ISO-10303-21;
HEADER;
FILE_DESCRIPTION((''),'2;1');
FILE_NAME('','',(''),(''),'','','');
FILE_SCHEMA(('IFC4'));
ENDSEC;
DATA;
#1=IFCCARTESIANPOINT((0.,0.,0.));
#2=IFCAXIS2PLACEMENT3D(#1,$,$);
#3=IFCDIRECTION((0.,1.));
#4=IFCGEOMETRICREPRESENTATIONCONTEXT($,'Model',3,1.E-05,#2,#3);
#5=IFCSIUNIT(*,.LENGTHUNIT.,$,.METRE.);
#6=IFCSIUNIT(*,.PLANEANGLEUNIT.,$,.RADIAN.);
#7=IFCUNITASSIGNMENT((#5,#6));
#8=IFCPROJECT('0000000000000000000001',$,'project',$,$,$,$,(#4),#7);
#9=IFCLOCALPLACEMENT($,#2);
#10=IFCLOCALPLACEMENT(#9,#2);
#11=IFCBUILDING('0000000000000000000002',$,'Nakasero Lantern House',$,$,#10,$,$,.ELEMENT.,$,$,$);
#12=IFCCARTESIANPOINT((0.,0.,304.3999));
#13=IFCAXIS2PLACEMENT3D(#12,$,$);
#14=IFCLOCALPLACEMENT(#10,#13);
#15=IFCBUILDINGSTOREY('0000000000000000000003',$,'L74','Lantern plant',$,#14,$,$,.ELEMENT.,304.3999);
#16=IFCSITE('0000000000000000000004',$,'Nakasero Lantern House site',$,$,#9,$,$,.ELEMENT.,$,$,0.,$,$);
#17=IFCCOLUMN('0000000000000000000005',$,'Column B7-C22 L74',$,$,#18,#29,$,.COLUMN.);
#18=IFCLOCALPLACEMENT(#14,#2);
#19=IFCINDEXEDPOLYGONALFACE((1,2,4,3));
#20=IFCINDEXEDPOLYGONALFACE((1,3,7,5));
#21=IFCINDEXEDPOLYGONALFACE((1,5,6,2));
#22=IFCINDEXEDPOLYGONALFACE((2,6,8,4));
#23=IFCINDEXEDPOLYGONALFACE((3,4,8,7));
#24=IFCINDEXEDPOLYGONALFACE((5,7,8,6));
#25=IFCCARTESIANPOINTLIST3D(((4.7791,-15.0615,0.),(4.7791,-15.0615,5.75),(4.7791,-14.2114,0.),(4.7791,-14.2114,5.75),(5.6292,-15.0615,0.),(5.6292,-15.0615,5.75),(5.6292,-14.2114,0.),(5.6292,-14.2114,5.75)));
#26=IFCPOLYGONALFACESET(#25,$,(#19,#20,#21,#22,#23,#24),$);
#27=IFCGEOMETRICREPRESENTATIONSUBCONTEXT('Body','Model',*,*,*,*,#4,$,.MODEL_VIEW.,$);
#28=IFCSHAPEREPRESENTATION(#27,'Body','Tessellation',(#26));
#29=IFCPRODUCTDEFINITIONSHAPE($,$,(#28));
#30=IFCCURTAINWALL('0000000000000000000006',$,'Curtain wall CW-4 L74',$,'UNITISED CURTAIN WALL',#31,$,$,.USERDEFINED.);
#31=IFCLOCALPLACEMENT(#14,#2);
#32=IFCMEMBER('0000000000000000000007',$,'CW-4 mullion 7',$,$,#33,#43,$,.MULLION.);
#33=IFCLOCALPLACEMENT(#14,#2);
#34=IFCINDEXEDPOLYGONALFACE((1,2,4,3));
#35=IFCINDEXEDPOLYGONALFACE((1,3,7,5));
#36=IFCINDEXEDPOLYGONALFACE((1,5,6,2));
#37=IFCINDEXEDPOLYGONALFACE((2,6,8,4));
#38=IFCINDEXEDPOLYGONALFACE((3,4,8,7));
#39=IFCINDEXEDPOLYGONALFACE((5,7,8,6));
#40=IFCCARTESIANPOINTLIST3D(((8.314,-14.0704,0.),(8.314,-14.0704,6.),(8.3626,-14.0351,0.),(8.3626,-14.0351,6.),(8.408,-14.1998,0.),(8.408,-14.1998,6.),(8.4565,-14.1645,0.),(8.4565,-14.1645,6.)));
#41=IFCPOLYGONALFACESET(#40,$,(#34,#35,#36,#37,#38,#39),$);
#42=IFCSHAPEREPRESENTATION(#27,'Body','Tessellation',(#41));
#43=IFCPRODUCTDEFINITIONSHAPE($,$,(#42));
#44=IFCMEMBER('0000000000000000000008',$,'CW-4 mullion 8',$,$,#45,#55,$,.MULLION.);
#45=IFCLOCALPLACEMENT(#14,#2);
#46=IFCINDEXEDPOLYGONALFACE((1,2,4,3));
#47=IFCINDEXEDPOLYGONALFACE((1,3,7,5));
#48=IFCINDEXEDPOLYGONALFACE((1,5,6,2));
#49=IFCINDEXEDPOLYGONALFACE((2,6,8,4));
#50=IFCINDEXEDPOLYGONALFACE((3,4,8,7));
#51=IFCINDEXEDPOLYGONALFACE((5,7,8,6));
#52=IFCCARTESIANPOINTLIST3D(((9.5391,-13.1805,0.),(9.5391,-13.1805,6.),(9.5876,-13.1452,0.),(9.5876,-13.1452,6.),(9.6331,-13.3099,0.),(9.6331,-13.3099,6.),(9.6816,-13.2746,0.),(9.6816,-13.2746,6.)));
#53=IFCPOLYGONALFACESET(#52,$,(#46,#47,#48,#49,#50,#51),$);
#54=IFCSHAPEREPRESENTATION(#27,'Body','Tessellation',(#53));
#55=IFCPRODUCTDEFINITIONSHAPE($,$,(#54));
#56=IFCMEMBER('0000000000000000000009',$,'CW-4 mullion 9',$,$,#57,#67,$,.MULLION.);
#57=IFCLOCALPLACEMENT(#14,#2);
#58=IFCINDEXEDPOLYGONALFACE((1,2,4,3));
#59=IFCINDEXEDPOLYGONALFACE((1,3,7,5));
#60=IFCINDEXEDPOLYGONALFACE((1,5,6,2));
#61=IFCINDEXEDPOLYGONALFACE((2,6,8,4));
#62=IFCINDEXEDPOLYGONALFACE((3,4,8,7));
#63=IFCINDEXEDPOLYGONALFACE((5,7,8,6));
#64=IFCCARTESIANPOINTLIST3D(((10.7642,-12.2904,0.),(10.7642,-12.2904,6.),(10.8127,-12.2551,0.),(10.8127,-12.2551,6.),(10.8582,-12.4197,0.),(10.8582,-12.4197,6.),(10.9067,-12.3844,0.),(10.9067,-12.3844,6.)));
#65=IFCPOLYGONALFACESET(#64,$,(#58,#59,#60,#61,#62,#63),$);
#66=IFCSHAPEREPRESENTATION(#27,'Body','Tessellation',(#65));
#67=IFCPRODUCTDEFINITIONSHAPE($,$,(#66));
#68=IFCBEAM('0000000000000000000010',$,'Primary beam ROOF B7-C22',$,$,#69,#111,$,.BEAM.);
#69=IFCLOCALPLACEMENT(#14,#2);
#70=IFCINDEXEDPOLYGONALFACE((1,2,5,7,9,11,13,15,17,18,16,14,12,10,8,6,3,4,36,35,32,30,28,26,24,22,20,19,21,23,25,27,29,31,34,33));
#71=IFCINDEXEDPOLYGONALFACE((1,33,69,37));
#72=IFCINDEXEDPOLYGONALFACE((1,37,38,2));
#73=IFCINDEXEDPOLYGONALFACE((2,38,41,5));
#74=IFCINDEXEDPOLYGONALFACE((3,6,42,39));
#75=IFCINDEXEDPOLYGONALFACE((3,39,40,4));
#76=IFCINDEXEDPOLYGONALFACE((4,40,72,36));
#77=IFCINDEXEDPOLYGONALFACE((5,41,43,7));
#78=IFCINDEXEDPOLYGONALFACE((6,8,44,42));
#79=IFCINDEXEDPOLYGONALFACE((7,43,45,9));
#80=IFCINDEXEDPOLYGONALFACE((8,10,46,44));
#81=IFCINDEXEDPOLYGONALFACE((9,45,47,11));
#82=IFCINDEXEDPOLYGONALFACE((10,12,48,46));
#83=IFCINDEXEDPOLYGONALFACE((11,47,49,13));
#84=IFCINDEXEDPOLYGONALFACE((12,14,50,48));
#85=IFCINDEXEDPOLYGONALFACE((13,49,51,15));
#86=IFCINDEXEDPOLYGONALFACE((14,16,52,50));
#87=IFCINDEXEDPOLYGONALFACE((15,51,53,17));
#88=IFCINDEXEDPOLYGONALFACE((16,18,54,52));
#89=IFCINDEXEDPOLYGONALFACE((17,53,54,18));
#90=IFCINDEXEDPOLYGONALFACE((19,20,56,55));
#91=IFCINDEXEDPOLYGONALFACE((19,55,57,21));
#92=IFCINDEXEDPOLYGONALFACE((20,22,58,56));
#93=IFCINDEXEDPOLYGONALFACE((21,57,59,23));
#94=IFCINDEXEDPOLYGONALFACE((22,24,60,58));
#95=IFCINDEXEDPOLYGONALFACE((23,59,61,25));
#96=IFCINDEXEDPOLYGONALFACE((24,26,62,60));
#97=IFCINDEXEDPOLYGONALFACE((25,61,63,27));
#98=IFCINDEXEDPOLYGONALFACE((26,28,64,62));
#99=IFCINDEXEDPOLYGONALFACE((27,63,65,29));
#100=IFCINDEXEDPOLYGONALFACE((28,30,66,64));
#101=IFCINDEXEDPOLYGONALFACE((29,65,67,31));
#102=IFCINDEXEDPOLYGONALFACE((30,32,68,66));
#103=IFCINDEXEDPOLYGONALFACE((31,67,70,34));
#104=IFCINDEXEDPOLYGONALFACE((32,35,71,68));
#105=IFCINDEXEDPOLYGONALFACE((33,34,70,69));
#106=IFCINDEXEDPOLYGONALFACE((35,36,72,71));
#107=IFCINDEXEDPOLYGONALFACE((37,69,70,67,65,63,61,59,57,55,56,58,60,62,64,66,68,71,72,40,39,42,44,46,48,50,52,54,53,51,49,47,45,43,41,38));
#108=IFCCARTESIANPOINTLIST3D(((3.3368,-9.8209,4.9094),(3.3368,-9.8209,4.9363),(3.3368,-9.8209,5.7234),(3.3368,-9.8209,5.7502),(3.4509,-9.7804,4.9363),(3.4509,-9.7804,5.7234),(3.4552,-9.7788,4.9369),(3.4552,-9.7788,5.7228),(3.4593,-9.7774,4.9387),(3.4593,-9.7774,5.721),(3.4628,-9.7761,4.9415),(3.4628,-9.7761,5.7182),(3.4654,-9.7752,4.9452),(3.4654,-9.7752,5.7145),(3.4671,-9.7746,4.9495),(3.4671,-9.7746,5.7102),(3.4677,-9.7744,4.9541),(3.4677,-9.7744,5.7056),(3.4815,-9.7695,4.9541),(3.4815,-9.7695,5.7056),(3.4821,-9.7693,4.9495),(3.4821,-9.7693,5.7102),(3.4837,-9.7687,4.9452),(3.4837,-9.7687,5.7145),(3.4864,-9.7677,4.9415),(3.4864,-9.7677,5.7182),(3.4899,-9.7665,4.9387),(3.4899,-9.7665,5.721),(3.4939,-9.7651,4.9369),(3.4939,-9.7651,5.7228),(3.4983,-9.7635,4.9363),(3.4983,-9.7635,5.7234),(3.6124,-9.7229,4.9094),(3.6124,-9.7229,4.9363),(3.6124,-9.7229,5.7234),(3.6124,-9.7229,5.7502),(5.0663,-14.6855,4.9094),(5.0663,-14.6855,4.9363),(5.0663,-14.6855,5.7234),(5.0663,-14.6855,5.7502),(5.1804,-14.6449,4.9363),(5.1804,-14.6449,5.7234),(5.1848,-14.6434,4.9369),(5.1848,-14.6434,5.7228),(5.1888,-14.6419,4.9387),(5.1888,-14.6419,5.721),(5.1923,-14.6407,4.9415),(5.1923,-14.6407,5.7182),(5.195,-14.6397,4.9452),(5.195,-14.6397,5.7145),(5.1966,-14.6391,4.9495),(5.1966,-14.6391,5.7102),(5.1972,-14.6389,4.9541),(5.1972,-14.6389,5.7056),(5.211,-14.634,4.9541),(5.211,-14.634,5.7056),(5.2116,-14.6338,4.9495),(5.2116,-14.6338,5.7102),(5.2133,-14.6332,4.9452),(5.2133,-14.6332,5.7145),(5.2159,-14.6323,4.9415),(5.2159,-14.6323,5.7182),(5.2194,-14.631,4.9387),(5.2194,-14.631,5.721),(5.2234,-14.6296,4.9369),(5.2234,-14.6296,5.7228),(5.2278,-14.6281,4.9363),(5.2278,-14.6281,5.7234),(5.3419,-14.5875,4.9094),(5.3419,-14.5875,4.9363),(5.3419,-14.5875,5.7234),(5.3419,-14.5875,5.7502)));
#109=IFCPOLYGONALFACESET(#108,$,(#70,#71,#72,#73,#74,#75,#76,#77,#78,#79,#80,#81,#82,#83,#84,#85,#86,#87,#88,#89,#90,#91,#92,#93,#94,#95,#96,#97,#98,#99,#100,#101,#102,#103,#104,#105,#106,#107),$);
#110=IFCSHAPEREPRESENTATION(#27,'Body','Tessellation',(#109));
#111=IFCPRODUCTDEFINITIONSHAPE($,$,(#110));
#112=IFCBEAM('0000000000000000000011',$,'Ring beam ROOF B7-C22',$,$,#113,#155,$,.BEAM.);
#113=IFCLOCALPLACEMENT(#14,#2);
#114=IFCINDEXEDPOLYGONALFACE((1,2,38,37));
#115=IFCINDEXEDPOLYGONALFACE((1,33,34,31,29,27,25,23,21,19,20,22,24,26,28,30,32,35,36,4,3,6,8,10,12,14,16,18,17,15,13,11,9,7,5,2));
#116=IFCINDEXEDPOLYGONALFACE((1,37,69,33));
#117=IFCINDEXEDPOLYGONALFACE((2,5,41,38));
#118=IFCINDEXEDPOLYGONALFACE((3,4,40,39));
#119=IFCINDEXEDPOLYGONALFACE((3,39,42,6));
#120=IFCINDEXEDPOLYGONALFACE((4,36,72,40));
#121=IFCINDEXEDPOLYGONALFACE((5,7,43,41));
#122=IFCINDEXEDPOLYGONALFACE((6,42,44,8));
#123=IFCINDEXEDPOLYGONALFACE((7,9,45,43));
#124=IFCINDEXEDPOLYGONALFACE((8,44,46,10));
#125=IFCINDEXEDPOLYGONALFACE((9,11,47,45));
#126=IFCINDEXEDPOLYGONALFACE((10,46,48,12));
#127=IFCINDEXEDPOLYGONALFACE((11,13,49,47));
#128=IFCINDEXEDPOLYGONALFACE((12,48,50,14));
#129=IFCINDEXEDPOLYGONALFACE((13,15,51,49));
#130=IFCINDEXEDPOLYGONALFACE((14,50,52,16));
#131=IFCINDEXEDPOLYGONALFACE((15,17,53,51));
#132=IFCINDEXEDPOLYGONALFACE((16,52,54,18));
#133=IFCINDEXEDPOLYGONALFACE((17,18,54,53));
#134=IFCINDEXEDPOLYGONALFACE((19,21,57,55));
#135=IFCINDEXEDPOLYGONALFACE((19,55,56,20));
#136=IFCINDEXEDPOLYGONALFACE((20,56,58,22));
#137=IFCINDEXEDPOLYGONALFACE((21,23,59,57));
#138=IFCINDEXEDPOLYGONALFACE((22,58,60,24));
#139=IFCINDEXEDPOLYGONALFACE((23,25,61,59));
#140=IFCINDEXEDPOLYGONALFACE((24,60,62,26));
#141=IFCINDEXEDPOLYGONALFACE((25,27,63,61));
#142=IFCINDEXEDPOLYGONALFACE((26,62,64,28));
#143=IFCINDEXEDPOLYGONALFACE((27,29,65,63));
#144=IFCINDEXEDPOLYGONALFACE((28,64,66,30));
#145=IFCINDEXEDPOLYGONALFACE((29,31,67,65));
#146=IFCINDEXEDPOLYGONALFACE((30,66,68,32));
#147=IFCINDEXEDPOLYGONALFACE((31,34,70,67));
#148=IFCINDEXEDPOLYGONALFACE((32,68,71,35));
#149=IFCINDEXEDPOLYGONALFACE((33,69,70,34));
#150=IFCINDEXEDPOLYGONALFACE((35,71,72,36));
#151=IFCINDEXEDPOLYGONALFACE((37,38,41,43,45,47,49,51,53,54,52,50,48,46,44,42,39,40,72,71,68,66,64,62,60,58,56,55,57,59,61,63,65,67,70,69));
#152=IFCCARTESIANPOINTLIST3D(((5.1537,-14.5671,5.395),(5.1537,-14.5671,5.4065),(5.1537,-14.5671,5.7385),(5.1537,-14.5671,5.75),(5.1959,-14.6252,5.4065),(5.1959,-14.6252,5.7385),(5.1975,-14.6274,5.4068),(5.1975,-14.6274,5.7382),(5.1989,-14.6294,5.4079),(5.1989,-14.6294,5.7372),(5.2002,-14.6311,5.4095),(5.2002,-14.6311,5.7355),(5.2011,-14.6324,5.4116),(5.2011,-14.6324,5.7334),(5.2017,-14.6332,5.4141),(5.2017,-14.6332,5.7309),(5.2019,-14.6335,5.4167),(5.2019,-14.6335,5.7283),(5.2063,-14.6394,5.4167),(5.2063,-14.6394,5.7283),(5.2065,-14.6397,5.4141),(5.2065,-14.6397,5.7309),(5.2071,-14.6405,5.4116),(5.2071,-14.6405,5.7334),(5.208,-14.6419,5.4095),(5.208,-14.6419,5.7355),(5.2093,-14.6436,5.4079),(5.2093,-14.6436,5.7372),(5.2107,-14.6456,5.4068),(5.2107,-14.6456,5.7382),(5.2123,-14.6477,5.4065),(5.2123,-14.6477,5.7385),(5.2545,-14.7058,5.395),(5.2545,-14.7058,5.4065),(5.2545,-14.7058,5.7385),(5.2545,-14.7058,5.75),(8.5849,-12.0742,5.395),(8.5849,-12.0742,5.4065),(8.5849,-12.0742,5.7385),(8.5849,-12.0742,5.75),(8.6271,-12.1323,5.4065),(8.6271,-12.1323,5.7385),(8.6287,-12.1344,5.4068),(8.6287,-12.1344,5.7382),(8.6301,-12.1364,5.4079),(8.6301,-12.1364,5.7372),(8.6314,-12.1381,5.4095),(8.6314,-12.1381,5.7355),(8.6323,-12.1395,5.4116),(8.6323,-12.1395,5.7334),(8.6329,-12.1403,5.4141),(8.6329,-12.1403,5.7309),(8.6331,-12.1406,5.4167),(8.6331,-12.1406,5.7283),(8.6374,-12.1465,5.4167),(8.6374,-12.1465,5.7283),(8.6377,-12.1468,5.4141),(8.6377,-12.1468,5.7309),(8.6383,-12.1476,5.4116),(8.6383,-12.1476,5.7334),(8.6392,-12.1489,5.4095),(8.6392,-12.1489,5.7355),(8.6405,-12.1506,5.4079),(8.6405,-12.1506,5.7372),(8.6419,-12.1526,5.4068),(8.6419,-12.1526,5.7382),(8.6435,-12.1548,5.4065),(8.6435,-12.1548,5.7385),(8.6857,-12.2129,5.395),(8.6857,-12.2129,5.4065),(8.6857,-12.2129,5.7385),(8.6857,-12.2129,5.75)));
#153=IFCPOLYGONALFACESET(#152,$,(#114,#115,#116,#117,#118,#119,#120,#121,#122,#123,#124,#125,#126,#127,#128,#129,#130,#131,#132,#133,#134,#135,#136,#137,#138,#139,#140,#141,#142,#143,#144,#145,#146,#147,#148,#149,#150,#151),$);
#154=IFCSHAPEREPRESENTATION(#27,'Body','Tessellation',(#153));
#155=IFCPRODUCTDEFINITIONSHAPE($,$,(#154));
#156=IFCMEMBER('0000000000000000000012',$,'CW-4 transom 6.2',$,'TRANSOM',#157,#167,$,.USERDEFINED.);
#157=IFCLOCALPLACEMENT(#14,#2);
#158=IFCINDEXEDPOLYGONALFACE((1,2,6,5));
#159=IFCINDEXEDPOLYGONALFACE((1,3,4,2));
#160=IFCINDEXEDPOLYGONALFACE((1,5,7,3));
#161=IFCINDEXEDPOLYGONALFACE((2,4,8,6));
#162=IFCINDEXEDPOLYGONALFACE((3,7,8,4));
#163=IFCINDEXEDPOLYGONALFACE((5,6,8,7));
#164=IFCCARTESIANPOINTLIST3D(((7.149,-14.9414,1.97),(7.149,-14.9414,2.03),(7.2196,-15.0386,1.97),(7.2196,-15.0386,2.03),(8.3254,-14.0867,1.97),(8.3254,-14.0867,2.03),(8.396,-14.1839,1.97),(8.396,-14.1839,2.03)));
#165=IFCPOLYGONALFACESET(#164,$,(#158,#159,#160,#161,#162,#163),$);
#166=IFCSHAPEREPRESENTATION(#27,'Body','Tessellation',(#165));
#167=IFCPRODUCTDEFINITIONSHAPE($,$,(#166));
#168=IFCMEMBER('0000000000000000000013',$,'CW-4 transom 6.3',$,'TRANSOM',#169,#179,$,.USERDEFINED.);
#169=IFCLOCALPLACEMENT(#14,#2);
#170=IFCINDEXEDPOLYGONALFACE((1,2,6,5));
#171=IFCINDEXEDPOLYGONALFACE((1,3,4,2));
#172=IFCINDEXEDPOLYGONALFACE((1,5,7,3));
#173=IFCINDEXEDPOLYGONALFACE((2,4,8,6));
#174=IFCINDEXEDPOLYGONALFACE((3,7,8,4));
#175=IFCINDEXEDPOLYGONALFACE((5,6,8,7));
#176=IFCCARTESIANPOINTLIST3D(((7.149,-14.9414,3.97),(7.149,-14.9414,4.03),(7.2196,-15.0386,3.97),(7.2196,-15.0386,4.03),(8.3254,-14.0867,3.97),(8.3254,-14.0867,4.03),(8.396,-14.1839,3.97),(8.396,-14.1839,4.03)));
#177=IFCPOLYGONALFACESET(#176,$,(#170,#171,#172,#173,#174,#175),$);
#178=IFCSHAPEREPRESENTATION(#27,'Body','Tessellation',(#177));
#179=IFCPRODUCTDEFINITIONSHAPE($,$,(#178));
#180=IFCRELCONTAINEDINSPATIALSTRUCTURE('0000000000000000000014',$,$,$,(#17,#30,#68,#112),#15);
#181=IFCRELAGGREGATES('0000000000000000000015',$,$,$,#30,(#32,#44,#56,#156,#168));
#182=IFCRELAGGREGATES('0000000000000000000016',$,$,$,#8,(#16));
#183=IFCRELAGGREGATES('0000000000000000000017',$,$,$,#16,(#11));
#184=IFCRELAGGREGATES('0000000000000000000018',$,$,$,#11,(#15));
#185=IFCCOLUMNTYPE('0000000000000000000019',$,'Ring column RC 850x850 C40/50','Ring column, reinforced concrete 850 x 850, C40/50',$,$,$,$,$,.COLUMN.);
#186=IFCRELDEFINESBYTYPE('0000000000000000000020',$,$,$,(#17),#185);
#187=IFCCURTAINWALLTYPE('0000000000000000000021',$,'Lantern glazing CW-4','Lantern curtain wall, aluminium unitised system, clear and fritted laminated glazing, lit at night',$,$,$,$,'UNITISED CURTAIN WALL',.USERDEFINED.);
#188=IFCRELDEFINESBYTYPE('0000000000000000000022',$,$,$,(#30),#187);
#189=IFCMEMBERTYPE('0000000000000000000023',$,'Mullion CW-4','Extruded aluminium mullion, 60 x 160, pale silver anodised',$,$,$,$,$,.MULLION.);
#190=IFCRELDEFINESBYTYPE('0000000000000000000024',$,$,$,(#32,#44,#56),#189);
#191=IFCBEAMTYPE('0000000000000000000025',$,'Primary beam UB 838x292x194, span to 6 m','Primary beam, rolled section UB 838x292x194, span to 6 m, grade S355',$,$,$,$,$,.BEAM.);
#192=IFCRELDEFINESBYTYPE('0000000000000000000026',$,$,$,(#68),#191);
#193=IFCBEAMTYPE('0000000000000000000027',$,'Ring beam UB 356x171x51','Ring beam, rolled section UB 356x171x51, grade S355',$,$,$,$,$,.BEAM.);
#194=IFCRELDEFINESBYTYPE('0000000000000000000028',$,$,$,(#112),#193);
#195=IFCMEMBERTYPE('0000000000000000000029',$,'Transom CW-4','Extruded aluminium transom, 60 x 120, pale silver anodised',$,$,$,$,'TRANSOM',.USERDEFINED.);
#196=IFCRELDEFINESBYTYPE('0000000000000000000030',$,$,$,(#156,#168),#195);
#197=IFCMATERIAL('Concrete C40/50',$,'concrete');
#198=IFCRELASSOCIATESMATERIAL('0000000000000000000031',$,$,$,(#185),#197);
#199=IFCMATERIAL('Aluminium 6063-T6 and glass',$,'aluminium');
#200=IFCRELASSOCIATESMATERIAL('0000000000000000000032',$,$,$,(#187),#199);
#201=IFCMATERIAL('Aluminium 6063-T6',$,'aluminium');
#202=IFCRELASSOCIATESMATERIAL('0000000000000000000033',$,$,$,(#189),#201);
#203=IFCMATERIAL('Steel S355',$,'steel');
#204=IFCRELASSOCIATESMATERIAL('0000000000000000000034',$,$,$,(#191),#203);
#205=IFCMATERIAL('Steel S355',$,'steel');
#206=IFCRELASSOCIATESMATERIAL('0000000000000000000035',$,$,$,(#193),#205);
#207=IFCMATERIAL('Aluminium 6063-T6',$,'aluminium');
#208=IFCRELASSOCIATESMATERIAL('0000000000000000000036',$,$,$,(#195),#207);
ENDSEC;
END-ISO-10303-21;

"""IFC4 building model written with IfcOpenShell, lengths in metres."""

from ifc_helpers import new_model, si_unit, direction, frame, origin, origin_2d, place, context, subcontext, project, spatial, rectangle, i_section, extrude, material, material_profile, profile_set, type_object, element, aggregate, save


model = new_model("IFC4")

# Units and contexts
model_context = context("Model", 3, precision=1e-05, world=origin(), true_north=direction((0.0, 1.0)))
body_context = subcontext(model_context, "Body", "Model", "MODEL_VIEW")
ifc_project = project(units=[si_unit("LENGTHUNIT", "METRE"), si_unit("PLANEANGLEUNIT", "RADIAN")], contexts=[model_context])

# Site, building, storey
site_placement = place(None, origin())
site = spatial("IfcSite", under=ifc_project, at=site_placement, Name="Nakasero Lantern House site", CompositionType="ELEMENT", RefElevation=0.0)
building_placement = place(site_placement, origin())
building = spatial("IfcBuilding", under=site, at=building_placement, Name="Nakasero Lantern House", CompositionType="ELEMENT")
storey_placement = place(building_placement, frame((0.0, 0.0, 304.3999)))
storey = spatial("IfcBuildingStorey", under=building, at=storey_placement, Name="L74", Description="Lantern plant", CompositionType="ELEMENT", Elevation=304.3999)

# Column
ifc_material_1 = material(Name="Concrete C40/50", Category="concrete")
ifc_material_profile_1 = material_profile(ifc_material_1, rectangle(XDim=0.8501, YDim=0.8501, at=origin_2d()), Name="RC 850x850")
ifc_profile_set_1 = profile_set([ifc_material_profile_1], Name="Concrete C40/50")
column_type = type_object("IfcColumnType", Name="Ring column RC 850x850 C40/50", Description="Ring column, reinforced concrete 850 x 850, C40/50", PredefinedType="COLUMN", material=ifc_profile_set_1)
column_placement = place(storey_placement, frame((5.2041, -14.6365, 0.0), z_axis=(0.0, 0.0, 1.0), x_axis=(1.0, 0.0, 0.0)))
element("IfcColumn", 1, at=column_placement, inside=storey, type_object=column_type, Name="Column B7-C22 L74", PredefinedType="COLUMN", context=body_context, shape_type="SweptSolid", body=[
    extrude(rectangle(XDim=0.8501, YDim=0.8501, at=origin_2d()), origin(), (0.0, 0.0, 1.0), 5.75),
])

# Curtain wall, members
ifc_material_2 = material(Name="Aluminium 6063-T6 and glass", Category="aluminium")
curtain_wall_type = type_object("IfcCurtainWallType", Name="Lantern glazing CW-4", Description="Lantern curtain wall, aluminium unitised system, clear and fritted laminated glazing, lit at night", ElementType="UNITISED CURTAIN WALL", PredefinedType="USERDEFINED", material=ifc_material_2)
curtain_wall_placement = place(storey_placement, origin())
curtain_wall = element("IfcCurtainWall", 2, at=curtain_wall_placement, inside=storey, type_object=curtain_wall_type, Name="Curtain wall CW-4 L74", ObjectType="UNITISED CURTAIN WALL", PredefinedType="USERDEFINED")
ifc_material_3 = material(Name="Aluminium 6063-T6", Category="aluminium")
ifc_material_profile_2 = material_profile(ifc_material_3, rectangle(XDim=0.0601, YDim=0.1599, at=origin_2d()), Name="CW-4 mullion 60x160")
ifc_profile_set_2 = profile_set([ifc_material_profile_2], Name="Aluminium 6063-T6")
member_type_1 = type_object("IfcMemberType", Name="Mullion CW-4", Description="Extruded aluminium mullion, 60 x 160, pale silver anodised", PredefinedType="MULLION", material=ifc_profile_set_2)
member_1_placement = place(storey_placement, frame((8.3853, -14.1174, 0.0), z_axis=(0.0, 0.0, 1.0), x_axis=(0.809017, 0.587785, 0.0)))
member_1 = element("IfcMember", 3, at=member_1_placement, type_object=member_type_1, Name="CW-4 mullion 7", PredefinedType="MULLION", context=body_context, shape_type="SweptSolid", body=[
    extrude(rectangle(XDim=0.0601, YDim=0.1599, at=origin_2d()), origin(), (0.0, 0.0, 1.0), 6.0),
])
member_2_placement = place(storey_placement, frame((9.6104, -13.2275, 0.0), z_axis=(0.0, 0.0, 1.0), x_axis=(0.809017, 0.587785, 0.0)))
member_2 = element("IfcMember", 4, at=member_2_placement, type_object=member_type_1, Name="CW-4 mullion 8", PredefinedType="MULLION", context=body_context, shape_type="SweptSolid", body=[
    extrude(rectangle(XDim=0.0601, YDim=0.1599, at=origin_2d()), origin(), (0.0, 0.0, 1.0), 6.0),
])
member_3_placement = place(storey_placement, frame((10.8354, -12.3374, 0.0), z_axis=(0.0, 0.0, 1.0), x_axis=(0.809017, 0.587785, 0.0)))
member_3 = element("IfcMember", 5, at=member_3_placement, type_object=member_type_1, Name="CW-4 mullion 9", PredefinedType="MULLION", context=body_context, shape_type="SweptSolid", body=[
    extrude(rectangle(XDim=0.0601, YDim=0.1599, at=origin_2d()), origin(), (0.0, 0.0, 1.0), 6.0),
])

# Beams
ifc_material_4 = material(Name="Steel S355", Category="steel")
ifc_material_profile_3 = material_profile(ifc_material_4, i_section(OverallWidth=0.2925, OverallDepth=0.8408, WebThickness=0.0146, FlangeThickness=0.0269, FilletRadius=0.0178, at=origin_2d()), Name="UB 838x292x194")
ifc_profile_set_3 = profile_set([ifc_material_profile_3], Name="Steel S355")
beam_type_1 = type_object("IfcBeamType", Name="Primary beam UB 838x292x194, span to 6 m", Description="Primary beam, rolled section UB 838x292x194, span to 6 m, grade S355", PredefinedType="BEAM", material=ifc_profile_set_3)
beam_1_placement = place(storey_placement, frame((5.2041, -14.6365, 5.3298), z_axis=(-0.334991, 0.942221, 0.0), x_axis=(-0.942221, -0.334991, 0.0)))
element("IfcBeam", 6, at=beam_1_placement, inside=storey, type_object=beam_type_1, Name="Primary beam ROOF B7-C22", PredefinedType="BEAM", context=body_context, shape_type="SweptSolid", body=[
    extrude(i_section(OverallWidth=0.2925, OverallDepth=0.8408, WebThickness=0.0146, FlangeThickness=0.0269, FilletRadius=0.0178, at=origin_2d()), origin(), (0.0, 0.0, 1.0), 5.1628),
])
ifc_material_5 = material(Name="Steel S355", Category="steel")
ifc_material_profile_4 = material_profile(ifc_material_5, i_section(OverallWidth=0.1714, OverallDepth=0.355, WebThickness=0.0073, FlangeThickness=0.0115, FilletRadius=0.0103, at=origin_2d()), Name="UB 356x171x51")
ifc_profile_set_4 = profile_set([ifc_material_profile_4], Name="Steel S355")
beam_type_2 = type_object("IfcBeamType", Name="Ring beam UB 356x171x51", Description="Ring beam, rolled section UB 356x171x51, grade S355", PredefinedType="BEAM", material=ifc_profile_set_4)
beam_2_placement = place(storey_placement, frame((5.2041, -14.6365, 5.5725), z_axis=(0.809012, 0.587792, 0.0), x_axis=(-0.587792, 0.809012, 0.0)))
element("IfcBeam", 7, at=beam_2_placement, inside=storey, type_object=beam_type_2, Name="Ring beam ROOF B7-C22", PredefinedType="BEAM", context=body_context, shape_type="SweptSolid", body=[
    extrude(i_section(OverallWidth=0.1714, OverallDepth=0.355, WebThickness=0.0073, FlangeThickness=0.0115, FilletRadius=0.0103, at=origin_2d()), origin(), (0.0, 0.0, 1.0), 4.2412),
])

# Members
ifc_material_6 = material(Name="Aluminium 6063-T6", Category="aluminium")
ifc_material_profile_5 = material_profile(ifc_material_6, rectangle(XDim=0.0601, YDim=0.1201, at=origin_2d()), Name="CW-4 transom 60x120")
ifc_profile_set_5 = profile_set([ifc_material_profile_5], Name="Aluminium 6063-T6")
member_type_2 = type_object("IfcMemberType", Name="Transom CW-4", Description="Extruded aluminium transom, 60 x 120, pale silver anodised", ElementType="TRANSOM", PredefinedType="USERDEFINED", material=ifc_profile_set_5)
member_4_placement = place(storey_placement, frame((7.1843, -14.99, 2.0), z_axis=(0.809034, 0.587762, 0.0), x_axis=(0.0, 0.0, 1.0)))
member_4 = element("IfcMember", 8, at=member_4_placement, type_object=member_type_2, Name="CW-4 transom 6.2", ObjectType="TRANSOM", PredefinedType="USERDEFINED", context=body_context, shape_type="SweptSolid", body=[
    extrude(rectangle(XDim=0.0601, YDim=0.1201, at=origin_2d()), origin(), (0.0, 0.0, 1.0), 1.4541),
])
member_5_placement = place(storey_placement, frame((7.1843, -14.99, 4.0), z_axis=(0.809034, 0.587762, 0.0), x_axis=(0.0, 0.0, 1.0)))
member_5 = element("IfcMember", 9, at=member_5_placement, type_object=member_type_2, Name="CW-4 transom 6.3", ObjectType="TRANSOM", PredefinedType="USERDEFINED", context=body_context, shape_type="SweptSolid", body=[
    extrude(rectangle(XDim=0.0601, YDim=0.1201, at=origin_2d()), origin(), (0.0, 0.0, 1.0), 1.4541),
])

aggregate(curtain_wall, [member_1, member_2, member_3, member_4, member_5])

save(model, "model.ifc")
